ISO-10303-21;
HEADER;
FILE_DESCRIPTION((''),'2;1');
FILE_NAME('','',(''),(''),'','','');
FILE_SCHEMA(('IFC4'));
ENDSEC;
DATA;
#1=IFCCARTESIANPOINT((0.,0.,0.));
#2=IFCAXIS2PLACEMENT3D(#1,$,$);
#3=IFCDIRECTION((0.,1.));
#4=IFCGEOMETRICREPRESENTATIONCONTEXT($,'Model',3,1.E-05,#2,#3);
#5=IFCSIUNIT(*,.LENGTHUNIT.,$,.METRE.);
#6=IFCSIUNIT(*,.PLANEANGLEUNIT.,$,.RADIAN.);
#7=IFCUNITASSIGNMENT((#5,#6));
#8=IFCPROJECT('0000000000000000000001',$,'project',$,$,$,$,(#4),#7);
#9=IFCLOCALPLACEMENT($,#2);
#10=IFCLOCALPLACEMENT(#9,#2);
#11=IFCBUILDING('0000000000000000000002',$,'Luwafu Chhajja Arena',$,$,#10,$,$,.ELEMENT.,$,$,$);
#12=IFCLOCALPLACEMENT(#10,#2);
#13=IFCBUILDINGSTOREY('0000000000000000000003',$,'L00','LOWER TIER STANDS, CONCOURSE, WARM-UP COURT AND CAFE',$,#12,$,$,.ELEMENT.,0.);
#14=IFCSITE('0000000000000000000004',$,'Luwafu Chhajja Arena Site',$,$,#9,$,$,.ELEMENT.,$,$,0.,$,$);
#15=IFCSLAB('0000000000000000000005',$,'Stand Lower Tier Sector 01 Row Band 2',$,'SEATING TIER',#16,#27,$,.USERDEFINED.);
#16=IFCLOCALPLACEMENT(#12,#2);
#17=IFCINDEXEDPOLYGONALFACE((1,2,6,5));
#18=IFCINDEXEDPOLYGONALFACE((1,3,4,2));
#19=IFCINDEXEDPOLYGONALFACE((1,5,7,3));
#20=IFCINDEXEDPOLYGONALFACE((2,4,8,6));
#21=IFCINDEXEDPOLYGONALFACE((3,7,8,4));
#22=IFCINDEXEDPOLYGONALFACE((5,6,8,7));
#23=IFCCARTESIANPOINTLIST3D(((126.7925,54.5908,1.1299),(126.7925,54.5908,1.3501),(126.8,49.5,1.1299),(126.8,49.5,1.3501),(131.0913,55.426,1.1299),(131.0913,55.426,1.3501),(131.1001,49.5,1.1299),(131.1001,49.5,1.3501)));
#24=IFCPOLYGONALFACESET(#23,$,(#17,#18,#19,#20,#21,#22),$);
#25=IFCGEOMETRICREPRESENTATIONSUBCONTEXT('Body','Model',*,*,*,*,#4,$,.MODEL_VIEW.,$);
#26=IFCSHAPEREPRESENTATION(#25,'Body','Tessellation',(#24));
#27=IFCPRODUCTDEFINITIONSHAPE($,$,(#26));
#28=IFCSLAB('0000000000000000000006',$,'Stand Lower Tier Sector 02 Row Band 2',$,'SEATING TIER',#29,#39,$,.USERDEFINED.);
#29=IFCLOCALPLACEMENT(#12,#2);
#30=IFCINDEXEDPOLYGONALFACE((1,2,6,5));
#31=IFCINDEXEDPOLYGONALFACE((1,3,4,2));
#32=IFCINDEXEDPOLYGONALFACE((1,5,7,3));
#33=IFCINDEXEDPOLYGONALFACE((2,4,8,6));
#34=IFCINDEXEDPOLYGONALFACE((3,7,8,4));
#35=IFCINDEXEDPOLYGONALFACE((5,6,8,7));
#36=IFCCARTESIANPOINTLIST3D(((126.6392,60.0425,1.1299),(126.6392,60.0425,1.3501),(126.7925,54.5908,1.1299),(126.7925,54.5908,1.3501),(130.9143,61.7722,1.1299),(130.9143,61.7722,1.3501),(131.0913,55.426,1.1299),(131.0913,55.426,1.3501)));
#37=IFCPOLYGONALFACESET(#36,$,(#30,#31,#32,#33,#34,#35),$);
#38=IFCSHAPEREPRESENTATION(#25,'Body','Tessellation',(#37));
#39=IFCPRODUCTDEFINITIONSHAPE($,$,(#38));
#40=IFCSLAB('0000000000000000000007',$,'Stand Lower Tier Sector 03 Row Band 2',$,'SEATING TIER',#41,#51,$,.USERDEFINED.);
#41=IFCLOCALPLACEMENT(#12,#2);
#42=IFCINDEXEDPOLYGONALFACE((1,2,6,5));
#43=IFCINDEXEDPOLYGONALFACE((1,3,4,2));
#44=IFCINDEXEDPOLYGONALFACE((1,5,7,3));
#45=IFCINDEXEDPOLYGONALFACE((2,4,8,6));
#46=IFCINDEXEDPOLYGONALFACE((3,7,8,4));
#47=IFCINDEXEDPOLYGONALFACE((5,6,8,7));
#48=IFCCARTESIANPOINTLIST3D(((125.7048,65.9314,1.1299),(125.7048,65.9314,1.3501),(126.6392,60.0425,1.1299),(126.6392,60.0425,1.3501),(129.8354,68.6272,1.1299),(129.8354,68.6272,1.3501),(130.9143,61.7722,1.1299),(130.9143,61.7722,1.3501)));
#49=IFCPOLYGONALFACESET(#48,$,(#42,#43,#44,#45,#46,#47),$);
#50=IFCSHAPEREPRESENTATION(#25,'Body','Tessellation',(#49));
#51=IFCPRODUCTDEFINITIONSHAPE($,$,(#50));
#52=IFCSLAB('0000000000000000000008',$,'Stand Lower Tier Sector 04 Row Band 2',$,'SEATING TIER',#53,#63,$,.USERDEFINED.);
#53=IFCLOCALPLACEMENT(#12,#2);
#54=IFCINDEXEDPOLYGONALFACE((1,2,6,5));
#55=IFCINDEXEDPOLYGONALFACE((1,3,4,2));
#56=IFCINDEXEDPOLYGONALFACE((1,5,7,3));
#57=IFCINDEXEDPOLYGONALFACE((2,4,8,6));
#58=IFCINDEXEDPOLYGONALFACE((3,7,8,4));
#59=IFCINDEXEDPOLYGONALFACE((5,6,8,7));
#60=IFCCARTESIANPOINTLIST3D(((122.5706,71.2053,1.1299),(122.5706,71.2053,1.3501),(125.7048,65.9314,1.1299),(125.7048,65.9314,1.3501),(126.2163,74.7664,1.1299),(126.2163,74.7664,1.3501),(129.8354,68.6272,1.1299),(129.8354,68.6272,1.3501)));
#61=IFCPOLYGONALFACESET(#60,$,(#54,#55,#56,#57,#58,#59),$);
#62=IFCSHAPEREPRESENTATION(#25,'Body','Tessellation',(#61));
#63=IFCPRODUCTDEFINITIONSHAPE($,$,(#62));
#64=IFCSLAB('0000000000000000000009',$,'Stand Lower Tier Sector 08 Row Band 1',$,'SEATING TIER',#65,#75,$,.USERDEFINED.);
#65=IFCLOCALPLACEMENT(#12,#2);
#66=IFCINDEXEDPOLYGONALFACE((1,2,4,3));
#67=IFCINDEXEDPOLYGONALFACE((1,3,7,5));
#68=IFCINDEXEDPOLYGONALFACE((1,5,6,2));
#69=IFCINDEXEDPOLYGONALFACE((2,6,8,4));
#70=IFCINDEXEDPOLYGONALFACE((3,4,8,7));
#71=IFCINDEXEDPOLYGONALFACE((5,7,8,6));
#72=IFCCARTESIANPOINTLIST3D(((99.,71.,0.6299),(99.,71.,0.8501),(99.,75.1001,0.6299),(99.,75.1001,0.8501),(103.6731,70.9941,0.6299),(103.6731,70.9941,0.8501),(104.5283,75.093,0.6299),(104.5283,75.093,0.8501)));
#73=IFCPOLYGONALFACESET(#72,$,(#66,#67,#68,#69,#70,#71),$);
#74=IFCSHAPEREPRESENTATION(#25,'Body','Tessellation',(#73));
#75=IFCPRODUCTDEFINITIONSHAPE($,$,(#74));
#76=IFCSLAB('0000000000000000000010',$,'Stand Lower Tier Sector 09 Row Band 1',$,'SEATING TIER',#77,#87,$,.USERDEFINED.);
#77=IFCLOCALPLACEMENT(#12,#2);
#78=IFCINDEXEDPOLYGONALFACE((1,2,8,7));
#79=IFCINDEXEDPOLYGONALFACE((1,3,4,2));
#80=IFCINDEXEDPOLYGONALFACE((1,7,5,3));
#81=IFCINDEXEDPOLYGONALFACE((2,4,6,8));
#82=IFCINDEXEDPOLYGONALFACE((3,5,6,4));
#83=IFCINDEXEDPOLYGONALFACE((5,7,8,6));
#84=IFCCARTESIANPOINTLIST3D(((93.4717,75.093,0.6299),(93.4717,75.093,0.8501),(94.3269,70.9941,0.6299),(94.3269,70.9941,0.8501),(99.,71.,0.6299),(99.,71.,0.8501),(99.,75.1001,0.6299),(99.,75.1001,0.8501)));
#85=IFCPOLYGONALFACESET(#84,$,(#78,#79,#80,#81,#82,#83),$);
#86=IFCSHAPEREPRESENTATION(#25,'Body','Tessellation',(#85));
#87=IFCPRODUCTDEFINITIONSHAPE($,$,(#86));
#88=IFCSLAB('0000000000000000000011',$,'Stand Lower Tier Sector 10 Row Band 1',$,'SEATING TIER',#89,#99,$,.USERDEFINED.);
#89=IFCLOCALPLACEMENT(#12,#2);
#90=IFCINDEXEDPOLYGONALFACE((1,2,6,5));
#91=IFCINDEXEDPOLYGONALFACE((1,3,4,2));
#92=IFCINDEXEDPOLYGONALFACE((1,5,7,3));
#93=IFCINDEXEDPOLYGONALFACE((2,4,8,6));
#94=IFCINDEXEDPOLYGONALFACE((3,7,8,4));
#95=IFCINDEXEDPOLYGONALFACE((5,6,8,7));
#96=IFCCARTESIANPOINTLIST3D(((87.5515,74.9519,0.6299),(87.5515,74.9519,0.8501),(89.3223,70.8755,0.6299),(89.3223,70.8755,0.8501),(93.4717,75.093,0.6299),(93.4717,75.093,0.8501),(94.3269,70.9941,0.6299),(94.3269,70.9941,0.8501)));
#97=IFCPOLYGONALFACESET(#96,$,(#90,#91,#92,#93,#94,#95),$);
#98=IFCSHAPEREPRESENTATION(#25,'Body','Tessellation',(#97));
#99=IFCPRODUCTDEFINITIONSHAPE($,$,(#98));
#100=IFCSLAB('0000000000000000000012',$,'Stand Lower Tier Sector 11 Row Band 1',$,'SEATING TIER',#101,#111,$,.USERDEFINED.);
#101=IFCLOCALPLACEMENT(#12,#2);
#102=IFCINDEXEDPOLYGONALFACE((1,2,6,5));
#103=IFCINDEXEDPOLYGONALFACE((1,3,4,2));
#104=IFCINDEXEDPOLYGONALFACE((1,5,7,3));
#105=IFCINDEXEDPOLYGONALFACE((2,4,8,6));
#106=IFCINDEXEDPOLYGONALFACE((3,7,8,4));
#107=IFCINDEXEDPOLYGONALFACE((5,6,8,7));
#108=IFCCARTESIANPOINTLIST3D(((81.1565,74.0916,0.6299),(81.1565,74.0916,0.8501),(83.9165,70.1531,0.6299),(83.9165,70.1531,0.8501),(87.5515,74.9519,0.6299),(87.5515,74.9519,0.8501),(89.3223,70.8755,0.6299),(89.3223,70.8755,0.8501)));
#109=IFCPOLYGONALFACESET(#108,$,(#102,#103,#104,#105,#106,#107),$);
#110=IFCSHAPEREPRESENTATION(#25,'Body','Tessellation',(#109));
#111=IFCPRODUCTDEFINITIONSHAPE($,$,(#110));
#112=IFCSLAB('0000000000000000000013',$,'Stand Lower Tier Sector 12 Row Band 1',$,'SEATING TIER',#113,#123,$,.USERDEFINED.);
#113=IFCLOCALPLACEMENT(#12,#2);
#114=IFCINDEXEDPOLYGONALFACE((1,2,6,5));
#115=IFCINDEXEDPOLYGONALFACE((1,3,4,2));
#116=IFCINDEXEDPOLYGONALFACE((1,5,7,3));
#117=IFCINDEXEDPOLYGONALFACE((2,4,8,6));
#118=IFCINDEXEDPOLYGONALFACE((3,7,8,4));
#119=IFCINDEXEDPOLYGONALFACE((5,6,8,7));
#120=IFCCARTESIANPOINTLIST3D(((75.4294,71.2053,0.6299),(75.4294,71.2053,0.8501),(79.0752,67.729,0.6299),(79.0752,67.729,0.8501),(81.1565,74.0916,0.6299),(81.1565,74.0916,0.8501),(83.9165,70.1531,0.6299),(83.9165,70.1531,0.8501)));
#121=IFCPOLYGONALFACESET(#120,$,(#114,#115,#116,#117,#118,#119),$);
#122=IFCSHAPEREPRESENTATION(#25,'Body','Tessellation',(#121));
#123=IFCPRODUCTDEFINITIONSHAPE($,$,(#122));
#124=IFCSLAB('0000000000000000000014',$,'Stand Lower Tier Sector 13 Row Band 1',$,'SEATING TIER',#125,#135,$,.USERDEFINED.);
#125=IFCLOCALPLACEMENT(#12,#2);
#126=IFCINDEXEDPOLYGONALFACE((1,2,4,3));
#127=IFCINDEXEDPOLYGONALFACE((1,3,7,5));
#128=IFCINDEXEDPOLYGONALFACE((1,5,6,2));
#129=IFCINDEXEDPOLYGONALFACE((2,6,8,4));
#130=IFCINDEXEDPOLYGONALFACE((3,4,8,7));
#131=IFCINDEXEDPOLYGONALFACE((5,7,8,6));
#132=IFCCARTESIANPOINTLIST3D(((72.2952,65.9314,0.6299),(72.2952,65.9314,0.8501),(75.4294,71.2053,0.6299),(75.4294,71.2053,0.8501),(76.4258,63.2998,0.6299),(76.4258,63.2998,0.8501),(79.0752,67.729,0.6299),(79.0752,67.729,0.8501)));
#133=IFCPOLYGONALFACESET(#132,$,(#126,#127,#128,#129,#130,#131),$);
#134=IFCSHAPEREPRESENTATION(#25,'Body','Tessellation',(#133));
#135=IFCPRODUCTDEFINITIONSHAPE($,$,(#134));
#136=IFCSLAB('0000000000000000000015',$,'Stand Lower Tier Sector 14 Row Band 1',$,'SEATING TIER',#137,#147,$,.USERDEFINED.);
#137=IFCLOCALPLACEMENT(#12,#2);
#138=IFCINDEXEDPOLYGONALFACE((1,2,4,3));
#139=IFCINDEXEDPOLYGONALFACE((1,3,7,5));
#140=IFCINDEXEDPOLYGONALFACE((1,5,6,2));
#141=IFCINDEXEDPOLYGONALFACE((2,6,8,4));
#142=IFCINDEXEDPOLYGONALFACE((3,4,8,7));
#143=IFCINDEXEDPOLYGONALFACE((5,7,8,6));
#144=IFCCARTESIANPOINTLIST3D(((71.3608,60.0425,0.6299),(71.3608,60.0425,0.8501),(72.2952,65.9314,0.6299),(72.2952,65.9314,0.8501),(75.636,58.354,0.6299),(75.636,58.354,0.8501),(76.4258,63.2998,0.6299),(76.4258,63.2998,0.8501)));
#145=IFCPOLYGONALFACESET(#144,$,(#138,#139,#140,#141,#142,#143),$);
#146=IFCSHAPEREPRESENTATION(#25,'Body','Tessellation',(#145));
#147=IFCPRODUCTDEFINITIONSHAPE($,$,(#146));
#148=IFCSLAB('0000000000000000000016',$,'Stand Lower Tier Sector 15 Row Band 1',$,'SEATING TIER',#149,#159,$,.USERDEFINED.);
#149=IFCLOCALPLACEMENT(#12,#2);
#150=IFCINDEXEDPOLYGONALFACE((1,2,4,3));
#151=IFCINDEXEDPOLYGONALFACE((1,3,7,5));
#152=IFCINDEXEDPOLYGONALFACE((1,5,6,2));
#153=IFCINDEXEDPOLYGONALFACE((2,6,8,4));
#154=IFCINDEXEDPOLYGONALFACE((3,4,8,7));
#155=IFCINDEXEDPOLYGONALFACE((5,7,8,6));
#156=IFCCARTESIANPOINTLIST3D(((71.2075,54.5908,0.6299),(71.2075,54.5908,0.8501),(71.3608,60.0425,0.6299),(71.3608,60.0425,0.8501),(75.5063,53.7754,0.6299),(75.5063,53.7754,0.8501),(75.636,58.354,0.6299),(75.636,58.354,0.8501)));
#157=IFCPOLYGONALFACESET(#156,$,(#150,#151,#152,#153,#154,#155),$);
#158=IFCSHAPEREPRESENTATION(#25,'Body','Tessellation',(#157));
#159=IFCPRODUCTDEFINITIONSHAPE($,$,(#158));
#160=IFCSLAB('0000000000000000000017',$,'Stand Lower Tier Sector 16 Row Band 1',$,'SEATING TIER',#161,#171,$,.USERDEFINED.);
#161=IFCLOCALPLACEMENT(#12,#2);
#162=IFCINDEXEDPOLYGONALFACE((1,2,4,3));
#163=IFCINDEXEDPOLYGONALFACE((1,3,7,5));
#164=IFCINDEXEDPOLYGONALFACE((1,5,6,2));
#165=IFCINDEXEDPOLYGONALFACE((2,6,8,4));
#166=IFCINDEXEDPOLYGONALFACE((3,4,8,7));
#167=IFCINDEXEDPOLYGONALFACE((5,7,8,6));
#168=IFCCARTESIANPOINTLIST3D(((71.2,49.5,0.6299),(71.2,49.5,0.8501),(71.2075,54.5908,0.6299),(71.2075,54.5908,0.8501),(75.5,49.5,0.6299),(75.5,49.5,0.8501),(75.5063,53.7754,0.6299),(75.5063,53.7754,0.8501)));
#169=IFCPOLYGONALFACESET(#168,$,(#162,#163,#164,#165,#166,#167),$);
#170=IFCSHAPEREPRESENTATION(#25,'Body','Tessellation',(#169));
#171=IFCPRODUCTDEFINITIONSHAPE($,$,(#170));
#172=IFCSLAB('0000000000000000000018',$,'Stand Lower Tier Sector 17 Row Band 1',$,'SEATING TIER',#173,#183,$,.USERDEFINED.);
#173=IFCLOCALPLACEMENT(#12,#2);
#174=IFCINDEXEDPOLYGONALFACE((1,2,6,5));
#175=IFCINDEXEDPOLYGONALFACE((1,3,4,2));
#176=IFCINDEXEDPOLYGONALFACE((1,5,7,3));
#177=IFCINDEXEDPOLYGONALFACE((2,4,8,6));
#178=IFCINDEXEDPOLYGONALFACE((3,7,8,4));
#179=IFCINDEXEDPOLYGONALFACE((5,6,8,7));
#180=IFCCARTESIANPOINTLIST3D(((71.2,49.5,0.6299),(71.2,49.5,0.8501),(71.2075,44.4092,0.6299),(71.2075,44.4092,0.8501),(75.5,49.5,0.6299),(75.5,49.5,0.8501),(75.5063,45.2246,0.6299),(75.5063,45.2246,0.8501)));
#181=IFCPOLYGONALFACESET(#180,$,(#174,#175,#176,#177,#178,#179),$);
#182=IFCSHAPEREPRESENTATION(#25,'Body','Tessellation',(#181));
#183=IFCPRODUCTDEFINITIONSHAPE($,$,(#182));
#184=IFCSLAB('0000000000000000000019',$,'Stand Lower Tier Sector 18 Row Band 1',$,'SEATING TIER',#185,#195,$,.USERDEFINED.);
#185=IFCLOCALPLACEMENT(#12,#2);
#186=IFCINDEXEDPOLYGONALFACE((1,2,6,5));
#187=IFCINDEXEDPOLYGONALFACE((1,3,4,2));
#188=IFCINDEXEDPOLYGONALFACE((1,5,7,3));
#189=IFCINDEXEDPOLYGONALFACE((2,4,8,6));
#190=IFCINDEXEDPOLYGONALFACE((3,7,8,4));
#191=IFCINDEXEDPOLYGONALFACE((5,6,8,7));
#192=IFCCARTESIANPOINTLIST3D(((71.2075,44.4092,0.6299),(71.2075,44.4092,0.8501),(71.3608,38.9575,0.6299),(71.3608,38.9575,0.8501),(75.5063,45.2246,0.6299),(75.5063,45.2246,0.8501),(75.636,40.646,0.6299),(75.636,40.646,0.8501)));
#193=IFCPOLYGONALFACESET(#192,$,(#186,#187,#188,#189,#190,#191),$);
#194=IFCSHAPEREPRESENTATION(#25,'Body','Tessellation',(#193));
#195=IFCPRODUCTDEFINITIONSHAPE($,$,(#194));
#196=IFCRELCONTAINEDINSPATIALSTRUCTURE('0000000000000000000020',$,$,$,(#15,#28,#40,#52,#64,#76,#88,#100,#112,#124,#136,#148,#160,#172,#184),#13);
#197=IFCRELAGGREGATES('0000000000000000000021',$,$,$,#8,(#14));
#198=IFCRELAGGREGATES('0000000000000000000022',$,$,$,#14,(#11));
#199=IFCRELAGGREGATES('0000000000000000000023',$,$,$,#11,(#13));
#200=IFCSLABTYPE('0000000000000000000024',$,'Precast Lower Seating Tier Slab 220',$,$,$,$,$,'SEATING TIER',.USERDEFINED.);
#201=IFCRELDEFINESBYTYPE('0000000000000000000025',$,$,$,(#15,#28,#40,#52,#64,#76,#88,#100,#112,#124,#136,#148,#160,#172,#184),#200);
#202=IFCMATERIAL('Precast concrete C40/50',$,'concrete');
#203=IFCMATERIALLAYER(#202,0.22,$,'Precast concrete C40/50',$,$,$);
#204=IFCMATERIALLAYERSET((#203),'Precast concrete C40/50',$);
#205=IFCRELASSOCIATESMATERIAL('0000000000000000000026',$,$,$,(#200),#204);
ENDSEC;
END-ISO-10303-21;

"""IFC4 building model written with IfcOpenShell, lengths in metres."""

from ifc_helpers import new_model, si_unit, direction, frame, origin, place, context, subcontext, project, spatial, polyline, outline, extrude, material, layer, layer_set, type_object, element, save


model = new_model("IFC4")

# Units and contexts
model_context = context("Model", 3, precision=1e-05, world=origin(), true_north=direction((0.0, 1.0)))
body_context = subcontext(model_context, "Body", "Model", "MODEL_VIEW")
ifc_project = project(units=[si_unit("LENGTHUNIT", "METRE"), si_unit("PLANEANGLEUNIT", "RADIAN")], contexts=[model_context])

# Site, building, storey
site_placement = place(None, origin())
site = spatial("IfcSite", under=ifc_project, at=site_placement, Name="Luwafu Chhajja Arena Site", CompositionType="ELEMENT", RefElevation=0.0)
building_placement = place(site_placement, origin())
building = spatial("IfcBuilding", under=site, at=building_placement, Name="Luwafu Chhajja Arena", CompositionType="ELEMENT")
storey_placement = place(building_placement, origin())
storey = spatial("IfcBuildingStorey", under=building, at=storey_placement, Name="L00", Description="LOWER TIER STANDS, CONCOURSE, WARM-UP COURT AND CAFE", CompositionType="ELEMENT", Elevation=0.0)

# Slabs
ifc_material = material(Name="Precast concrete C40/50", Category="concrete")
ifc_layer = layer(ifc_material, 0.22, Name="Precast concrete C40/50")
ifc_layer_set = layer_set([ifc_layer], Name="Precast concrete C40/50")
slab_type = type_object("IfcSlabType", Name="Precast Lower Seating Tier Slab 220", ElementType="SEATING TIER", PredefinedType="USERDEFINED", material=ifc_layer_set)
slab_1_placement = place(storey_placement, frame((0.0, 0.0, 1.1299)))
element("IfcSlab", 1, at=slab_1_placement, inside=storey, type_object=slab_type, Name="Stand Lower Tier Sector 01 Row Band 2", ObjectType="SEATING TIER", PredefinedType="USERDEFINED", context=body_context, shape_type="SweptSolid", body=[
    extrude(outline(polyline([(126.8, 49.5), (126.7925, 54.5908), (131.0913, 55.426), (131.1001, 49.5), (126.8, 49.5)])), origin(), (0.0, 0.0, 1.0), 0.2202),
])
slab_2_placement = place(storey_placement, frame((0.0, 0.0, 1.1299)))
element("IfcSlab", 2, at=slab_2_placement, inside=storey, type_object=slab_type, Name="Stand Lower Tier Sector 02 Row Band 2", ObjectType="SEATING TIER", PredefinedType="USERDEFINED", context=body_context, shape_type="SweptSolid", body=[
    extrude(outline(polyline([(126.7925, 54.5908), (126.6392, 60.0425), (130.9143, 61.7722), (131.0913, 55.426), (126.7925, 54.5908)])), origin(), (0.0, 0.0, 1.0), 0.2202),
])
slab_3_placement = place(storey_placement, frame((0.0, 0.0, 1.1299)))
element("IfcSlab", 3, at=slab_3_placement, inside=storey, type_object=slab_type, Name="Stand Lower Tier Sector 03 Row Band 2", ObjectType="SEATING TIER", PredefinedType="USERDEFINED", context=body_context, shape_type="SweptSolid", body=[
    extrude(outline(polyline([(126.6392, 60.0425), (125.7048, 65.9314), (129.8354, 68.6272), (130.9143, 61.7722), (126.6392, 60.0425)])), origin(), (0.0, 0.0, 1.0), 0.2202),
])
slab_4_placement = place(storey_placement, frame((0.0, 0.0, 1.1299)))
element("IfcSlab", 4, at=slab_4_placement, inside=storey, type_object=slab_type, Name="Stand Lower Tier Sector 04 Row Band 2", ObjectType="SEATING TIER", PredefinedType="USERDEFINED", context=body_context, shape_type="SweptSolid", body=[
    extrude(outline(polyline([(125.7048, 65.9314), (122.5706, 71.2053), (126.2163, 74.7664), (129.8354, 68.6272), (125.7048, 65.9314)])), origin(), (0.0, 0.0, 1.0), 0.2202),
])
slab_5_placement = place(storey_placement, frame((0.0, 0.0, 0.6299)))
element("IfcSlab", 5, at=slab_5_placement, inside=storey, type_object=slab_type, Name="Stand Lower Tier Sector 08 Row Band 1", ObjectType="SEATING TIER", PredefinedType="USERDEFINED", context=body_context, shape_type="SweptSolid", body=[
    extrude(outline(polyline([(103.6731, 70.9941), (99.0, 71.0), (99.0, 75.1001), (104.5283, 75.093), (103.6731, 70.9941)])), origin(), (0.0, 0.0, 1.0), 0.2202),
])
slab_6_placement = place(storey_placement, frame((0.0, 0.0, 0.6299)))
element("IfcSlab", 6, at=slab_6_placement, inside=storey, type_object=slab_type, Name="Stand Lower Tier Sector 09 Row Band 1", ObjectType="SEATING TIER", PredefinedType="USERDEFINED", context=body_context, shape_type="SweptSolid", body=[
    extrude(outline(polyline([(99.0, 71.0), (94.3269, 70.9941), (93.4717, 75.093), (99.0, 75.1001), (99.0, 71.0)])), origin(), (0.0, 0.0, 1.0), 0.2202),
])
slab_7_placement = place(storey_placement, frame((0.0, 0.0, 0.6299)))
element("IfcSlab", 7, at=slab_7_placement, inside=storey, type_object=slab_type, Name="Stand Lower Tier Sector 10 Row Band 1", ObjectType="SEATING TIER", PredefinedType="USERDEFINED", context=body_context, shape_type="SweptSolid", body=[
    extrude(outline(polyline([(94.3269, 70.9941), (89.3223, 70.8755), (87.5515, 74.9519), (93.4717, 75.093), (94.3269, 70.9941)])), origin(), (0.0, 0.0, 1.0), 0.2202),
])
slab_8_placement = place(storey_placement, frame((0.0, 0.0, 0.6299)))
element("IfcSlab", 8, at=slab_8_placement, inside=storey, type_object=slab_type, Name="Stand Lower Tier Sector 11 Row Band 1", ObjectType="SEATING TIER", PredefinedType="USERDEFINED", context=body_context, shape_type="SweptSolid", body=[
    extrude(outline(polyline([(89.3223, 70.8755), (83.9165, 70.1531), (81.1565, 74.0916), (87.5515, 74.9519), (89.3223, 70.8755)])), origin(), (0.0, 0.0, 1.0), 0.2202),
])
slab_9_placement = place(storey_placement, frame((0.0, 0.0, 0.6299)))
element("IfcSlab", 9, at=slab_9_placement, inside=storey, type_object=slab_type, Name="Stand Lower Tier Sector 12 Row Band 1", ObjectType="SEATING TIER", PredefinedType="USERDEFINED", context=body_context, shape_type="SweptSolid", body=[
    extrude(outline(polyline([(83.9165, 70.1531), (79.0752, 67.729), (75.4294, 71.2053), (81.1565, 74.0916), (83.9165, 70.1531)])), origin(), (0.0, 0.0, 1.0), 0.2202),
])
slab_10_placement = place(storey_placement, frame((0.0, 0.0, 0.6299)))
element("IfcSlab", 10, at=slab_10_placement, inside=storey, type_object=slab_type, Name="Stand Lower Tier Sector 13 Row Band 1", ObjectType="SEATING TIER", PredefinedType="USERDEFINED", context=body_context, shape_type="SweptSolid", body=[
    extrude(outline(polyline([(79.0752, 67.729), (76.4258, 63.2998), (72.2952, 65.9314), (75.4294, 71.2053), (79.0752, 67.729)])), origin(), (0.0, 0.0, 1.0), 0.2202),
])
slab_11_placement = place(storey_placement, frame((0.0, 0.0, 0.6299)))
element("IfcSlab", 11, at=slab_11_placement, inside=storey, type_object=slab_type, Name="Stand Lower Tier Sector 14 Row Band 1", ObjectType="SEATING TIER", PredefinedType="USERDEFINED", context=body_context, shape_type="SweptSolid", body=[
    extrude(outline(polyline([(76.4258, 63.2998), (75.636, 58.354), (71.3608, 60.0425), (72.2952, 65.9314), (76.4258, 63.2998)])), origin(), (0.0, 0.0, 1.0), 0.2202),
])
slab_12_placement = place(storey_placement, frame((0.0, 0.0, 0.6299)))
element("IfcSlab", 12, at=slab_12_placement, inside=storey, type_object=slab_type, Name="Stand Lower Tier Sector 15 Row Band 1", ObjectType="SEATING TIER", PredefinedType="USERDEFINED", context=body_context, shape_type="SweptSolid", body=[
    extrude(outline(polyline([(75.636, 58.354), (75.5063, 53.7754), (71.2075, 54.5908), (71.3608, 60.0425), (75.636, 58.354)])), origin(), (0.0, 0.0, 1.0), 0.2202),
])
slab_13_placement = place(storey_placement, frame((0.0, 0.0, 0.6299)))
element("IfcSlab", 13, at=slab_13_placement, inside=storey, type_object=slab_type, Name="Stand Lower Tier Sector 16 Row Band 1", ObjectType="SEATING TIER", PredefinedType="USERDEFINED", context=body_context, shape_type="SweptSolid", body=[
    extrude(outline(polyline([(75.5063, 53.7754), (75.5, 49.5), (71.2, 49.5), (71.2075, 54.5908), (75.5063, 53.7754)])), origin(), (0.0, 0.0, 1.0), 0.2202),
])
slab_14_placement = place(storey_placement, frame((0.0, 0.0, 0.6299)))
element("IfcSlab", 14, at=slab_14_placement, inside=storey, type_object=slab_type, Name="Stand Lower Tier Sector 17 Row Band 1", ObjectType="SEATING TIER", PredefinedType="USERDEFINED", context=body_context, shape_type="SweptSolid", body=[
    extrude(outline(polyline([(75.5, 49.5), (75.5063, 45.2246), (71.2075, 44.4092), (71.2, 49.5), (75.5, 49.5)])), origin(), (0.0, 0.0, 1.0), 0.2202),
])
slab_15_placement = place(storey_placement, frame((0.0, 0.0, 0.6299)))
element("IfcSlab", 15, at=slab_15_placement, inside=storey, type_object=slab_type, Name="Stand Lower Tier Sector 18 Row Band 1", ObjectType="SEATING TIER", PredefinedType="USERDEFINED", context=body_context, shape_type="SweptSolid", body=[
    extrude(outline(polyline([(75.5063, 45.2246), (75.636, 40.646), (71.3608, 38.9575), (71.2075, 44.4092), (75.5063, 45.2246)])), origin(), (0.0, 0.0, 1.0), 0.2202),
])

save(model, "model.ifc")
